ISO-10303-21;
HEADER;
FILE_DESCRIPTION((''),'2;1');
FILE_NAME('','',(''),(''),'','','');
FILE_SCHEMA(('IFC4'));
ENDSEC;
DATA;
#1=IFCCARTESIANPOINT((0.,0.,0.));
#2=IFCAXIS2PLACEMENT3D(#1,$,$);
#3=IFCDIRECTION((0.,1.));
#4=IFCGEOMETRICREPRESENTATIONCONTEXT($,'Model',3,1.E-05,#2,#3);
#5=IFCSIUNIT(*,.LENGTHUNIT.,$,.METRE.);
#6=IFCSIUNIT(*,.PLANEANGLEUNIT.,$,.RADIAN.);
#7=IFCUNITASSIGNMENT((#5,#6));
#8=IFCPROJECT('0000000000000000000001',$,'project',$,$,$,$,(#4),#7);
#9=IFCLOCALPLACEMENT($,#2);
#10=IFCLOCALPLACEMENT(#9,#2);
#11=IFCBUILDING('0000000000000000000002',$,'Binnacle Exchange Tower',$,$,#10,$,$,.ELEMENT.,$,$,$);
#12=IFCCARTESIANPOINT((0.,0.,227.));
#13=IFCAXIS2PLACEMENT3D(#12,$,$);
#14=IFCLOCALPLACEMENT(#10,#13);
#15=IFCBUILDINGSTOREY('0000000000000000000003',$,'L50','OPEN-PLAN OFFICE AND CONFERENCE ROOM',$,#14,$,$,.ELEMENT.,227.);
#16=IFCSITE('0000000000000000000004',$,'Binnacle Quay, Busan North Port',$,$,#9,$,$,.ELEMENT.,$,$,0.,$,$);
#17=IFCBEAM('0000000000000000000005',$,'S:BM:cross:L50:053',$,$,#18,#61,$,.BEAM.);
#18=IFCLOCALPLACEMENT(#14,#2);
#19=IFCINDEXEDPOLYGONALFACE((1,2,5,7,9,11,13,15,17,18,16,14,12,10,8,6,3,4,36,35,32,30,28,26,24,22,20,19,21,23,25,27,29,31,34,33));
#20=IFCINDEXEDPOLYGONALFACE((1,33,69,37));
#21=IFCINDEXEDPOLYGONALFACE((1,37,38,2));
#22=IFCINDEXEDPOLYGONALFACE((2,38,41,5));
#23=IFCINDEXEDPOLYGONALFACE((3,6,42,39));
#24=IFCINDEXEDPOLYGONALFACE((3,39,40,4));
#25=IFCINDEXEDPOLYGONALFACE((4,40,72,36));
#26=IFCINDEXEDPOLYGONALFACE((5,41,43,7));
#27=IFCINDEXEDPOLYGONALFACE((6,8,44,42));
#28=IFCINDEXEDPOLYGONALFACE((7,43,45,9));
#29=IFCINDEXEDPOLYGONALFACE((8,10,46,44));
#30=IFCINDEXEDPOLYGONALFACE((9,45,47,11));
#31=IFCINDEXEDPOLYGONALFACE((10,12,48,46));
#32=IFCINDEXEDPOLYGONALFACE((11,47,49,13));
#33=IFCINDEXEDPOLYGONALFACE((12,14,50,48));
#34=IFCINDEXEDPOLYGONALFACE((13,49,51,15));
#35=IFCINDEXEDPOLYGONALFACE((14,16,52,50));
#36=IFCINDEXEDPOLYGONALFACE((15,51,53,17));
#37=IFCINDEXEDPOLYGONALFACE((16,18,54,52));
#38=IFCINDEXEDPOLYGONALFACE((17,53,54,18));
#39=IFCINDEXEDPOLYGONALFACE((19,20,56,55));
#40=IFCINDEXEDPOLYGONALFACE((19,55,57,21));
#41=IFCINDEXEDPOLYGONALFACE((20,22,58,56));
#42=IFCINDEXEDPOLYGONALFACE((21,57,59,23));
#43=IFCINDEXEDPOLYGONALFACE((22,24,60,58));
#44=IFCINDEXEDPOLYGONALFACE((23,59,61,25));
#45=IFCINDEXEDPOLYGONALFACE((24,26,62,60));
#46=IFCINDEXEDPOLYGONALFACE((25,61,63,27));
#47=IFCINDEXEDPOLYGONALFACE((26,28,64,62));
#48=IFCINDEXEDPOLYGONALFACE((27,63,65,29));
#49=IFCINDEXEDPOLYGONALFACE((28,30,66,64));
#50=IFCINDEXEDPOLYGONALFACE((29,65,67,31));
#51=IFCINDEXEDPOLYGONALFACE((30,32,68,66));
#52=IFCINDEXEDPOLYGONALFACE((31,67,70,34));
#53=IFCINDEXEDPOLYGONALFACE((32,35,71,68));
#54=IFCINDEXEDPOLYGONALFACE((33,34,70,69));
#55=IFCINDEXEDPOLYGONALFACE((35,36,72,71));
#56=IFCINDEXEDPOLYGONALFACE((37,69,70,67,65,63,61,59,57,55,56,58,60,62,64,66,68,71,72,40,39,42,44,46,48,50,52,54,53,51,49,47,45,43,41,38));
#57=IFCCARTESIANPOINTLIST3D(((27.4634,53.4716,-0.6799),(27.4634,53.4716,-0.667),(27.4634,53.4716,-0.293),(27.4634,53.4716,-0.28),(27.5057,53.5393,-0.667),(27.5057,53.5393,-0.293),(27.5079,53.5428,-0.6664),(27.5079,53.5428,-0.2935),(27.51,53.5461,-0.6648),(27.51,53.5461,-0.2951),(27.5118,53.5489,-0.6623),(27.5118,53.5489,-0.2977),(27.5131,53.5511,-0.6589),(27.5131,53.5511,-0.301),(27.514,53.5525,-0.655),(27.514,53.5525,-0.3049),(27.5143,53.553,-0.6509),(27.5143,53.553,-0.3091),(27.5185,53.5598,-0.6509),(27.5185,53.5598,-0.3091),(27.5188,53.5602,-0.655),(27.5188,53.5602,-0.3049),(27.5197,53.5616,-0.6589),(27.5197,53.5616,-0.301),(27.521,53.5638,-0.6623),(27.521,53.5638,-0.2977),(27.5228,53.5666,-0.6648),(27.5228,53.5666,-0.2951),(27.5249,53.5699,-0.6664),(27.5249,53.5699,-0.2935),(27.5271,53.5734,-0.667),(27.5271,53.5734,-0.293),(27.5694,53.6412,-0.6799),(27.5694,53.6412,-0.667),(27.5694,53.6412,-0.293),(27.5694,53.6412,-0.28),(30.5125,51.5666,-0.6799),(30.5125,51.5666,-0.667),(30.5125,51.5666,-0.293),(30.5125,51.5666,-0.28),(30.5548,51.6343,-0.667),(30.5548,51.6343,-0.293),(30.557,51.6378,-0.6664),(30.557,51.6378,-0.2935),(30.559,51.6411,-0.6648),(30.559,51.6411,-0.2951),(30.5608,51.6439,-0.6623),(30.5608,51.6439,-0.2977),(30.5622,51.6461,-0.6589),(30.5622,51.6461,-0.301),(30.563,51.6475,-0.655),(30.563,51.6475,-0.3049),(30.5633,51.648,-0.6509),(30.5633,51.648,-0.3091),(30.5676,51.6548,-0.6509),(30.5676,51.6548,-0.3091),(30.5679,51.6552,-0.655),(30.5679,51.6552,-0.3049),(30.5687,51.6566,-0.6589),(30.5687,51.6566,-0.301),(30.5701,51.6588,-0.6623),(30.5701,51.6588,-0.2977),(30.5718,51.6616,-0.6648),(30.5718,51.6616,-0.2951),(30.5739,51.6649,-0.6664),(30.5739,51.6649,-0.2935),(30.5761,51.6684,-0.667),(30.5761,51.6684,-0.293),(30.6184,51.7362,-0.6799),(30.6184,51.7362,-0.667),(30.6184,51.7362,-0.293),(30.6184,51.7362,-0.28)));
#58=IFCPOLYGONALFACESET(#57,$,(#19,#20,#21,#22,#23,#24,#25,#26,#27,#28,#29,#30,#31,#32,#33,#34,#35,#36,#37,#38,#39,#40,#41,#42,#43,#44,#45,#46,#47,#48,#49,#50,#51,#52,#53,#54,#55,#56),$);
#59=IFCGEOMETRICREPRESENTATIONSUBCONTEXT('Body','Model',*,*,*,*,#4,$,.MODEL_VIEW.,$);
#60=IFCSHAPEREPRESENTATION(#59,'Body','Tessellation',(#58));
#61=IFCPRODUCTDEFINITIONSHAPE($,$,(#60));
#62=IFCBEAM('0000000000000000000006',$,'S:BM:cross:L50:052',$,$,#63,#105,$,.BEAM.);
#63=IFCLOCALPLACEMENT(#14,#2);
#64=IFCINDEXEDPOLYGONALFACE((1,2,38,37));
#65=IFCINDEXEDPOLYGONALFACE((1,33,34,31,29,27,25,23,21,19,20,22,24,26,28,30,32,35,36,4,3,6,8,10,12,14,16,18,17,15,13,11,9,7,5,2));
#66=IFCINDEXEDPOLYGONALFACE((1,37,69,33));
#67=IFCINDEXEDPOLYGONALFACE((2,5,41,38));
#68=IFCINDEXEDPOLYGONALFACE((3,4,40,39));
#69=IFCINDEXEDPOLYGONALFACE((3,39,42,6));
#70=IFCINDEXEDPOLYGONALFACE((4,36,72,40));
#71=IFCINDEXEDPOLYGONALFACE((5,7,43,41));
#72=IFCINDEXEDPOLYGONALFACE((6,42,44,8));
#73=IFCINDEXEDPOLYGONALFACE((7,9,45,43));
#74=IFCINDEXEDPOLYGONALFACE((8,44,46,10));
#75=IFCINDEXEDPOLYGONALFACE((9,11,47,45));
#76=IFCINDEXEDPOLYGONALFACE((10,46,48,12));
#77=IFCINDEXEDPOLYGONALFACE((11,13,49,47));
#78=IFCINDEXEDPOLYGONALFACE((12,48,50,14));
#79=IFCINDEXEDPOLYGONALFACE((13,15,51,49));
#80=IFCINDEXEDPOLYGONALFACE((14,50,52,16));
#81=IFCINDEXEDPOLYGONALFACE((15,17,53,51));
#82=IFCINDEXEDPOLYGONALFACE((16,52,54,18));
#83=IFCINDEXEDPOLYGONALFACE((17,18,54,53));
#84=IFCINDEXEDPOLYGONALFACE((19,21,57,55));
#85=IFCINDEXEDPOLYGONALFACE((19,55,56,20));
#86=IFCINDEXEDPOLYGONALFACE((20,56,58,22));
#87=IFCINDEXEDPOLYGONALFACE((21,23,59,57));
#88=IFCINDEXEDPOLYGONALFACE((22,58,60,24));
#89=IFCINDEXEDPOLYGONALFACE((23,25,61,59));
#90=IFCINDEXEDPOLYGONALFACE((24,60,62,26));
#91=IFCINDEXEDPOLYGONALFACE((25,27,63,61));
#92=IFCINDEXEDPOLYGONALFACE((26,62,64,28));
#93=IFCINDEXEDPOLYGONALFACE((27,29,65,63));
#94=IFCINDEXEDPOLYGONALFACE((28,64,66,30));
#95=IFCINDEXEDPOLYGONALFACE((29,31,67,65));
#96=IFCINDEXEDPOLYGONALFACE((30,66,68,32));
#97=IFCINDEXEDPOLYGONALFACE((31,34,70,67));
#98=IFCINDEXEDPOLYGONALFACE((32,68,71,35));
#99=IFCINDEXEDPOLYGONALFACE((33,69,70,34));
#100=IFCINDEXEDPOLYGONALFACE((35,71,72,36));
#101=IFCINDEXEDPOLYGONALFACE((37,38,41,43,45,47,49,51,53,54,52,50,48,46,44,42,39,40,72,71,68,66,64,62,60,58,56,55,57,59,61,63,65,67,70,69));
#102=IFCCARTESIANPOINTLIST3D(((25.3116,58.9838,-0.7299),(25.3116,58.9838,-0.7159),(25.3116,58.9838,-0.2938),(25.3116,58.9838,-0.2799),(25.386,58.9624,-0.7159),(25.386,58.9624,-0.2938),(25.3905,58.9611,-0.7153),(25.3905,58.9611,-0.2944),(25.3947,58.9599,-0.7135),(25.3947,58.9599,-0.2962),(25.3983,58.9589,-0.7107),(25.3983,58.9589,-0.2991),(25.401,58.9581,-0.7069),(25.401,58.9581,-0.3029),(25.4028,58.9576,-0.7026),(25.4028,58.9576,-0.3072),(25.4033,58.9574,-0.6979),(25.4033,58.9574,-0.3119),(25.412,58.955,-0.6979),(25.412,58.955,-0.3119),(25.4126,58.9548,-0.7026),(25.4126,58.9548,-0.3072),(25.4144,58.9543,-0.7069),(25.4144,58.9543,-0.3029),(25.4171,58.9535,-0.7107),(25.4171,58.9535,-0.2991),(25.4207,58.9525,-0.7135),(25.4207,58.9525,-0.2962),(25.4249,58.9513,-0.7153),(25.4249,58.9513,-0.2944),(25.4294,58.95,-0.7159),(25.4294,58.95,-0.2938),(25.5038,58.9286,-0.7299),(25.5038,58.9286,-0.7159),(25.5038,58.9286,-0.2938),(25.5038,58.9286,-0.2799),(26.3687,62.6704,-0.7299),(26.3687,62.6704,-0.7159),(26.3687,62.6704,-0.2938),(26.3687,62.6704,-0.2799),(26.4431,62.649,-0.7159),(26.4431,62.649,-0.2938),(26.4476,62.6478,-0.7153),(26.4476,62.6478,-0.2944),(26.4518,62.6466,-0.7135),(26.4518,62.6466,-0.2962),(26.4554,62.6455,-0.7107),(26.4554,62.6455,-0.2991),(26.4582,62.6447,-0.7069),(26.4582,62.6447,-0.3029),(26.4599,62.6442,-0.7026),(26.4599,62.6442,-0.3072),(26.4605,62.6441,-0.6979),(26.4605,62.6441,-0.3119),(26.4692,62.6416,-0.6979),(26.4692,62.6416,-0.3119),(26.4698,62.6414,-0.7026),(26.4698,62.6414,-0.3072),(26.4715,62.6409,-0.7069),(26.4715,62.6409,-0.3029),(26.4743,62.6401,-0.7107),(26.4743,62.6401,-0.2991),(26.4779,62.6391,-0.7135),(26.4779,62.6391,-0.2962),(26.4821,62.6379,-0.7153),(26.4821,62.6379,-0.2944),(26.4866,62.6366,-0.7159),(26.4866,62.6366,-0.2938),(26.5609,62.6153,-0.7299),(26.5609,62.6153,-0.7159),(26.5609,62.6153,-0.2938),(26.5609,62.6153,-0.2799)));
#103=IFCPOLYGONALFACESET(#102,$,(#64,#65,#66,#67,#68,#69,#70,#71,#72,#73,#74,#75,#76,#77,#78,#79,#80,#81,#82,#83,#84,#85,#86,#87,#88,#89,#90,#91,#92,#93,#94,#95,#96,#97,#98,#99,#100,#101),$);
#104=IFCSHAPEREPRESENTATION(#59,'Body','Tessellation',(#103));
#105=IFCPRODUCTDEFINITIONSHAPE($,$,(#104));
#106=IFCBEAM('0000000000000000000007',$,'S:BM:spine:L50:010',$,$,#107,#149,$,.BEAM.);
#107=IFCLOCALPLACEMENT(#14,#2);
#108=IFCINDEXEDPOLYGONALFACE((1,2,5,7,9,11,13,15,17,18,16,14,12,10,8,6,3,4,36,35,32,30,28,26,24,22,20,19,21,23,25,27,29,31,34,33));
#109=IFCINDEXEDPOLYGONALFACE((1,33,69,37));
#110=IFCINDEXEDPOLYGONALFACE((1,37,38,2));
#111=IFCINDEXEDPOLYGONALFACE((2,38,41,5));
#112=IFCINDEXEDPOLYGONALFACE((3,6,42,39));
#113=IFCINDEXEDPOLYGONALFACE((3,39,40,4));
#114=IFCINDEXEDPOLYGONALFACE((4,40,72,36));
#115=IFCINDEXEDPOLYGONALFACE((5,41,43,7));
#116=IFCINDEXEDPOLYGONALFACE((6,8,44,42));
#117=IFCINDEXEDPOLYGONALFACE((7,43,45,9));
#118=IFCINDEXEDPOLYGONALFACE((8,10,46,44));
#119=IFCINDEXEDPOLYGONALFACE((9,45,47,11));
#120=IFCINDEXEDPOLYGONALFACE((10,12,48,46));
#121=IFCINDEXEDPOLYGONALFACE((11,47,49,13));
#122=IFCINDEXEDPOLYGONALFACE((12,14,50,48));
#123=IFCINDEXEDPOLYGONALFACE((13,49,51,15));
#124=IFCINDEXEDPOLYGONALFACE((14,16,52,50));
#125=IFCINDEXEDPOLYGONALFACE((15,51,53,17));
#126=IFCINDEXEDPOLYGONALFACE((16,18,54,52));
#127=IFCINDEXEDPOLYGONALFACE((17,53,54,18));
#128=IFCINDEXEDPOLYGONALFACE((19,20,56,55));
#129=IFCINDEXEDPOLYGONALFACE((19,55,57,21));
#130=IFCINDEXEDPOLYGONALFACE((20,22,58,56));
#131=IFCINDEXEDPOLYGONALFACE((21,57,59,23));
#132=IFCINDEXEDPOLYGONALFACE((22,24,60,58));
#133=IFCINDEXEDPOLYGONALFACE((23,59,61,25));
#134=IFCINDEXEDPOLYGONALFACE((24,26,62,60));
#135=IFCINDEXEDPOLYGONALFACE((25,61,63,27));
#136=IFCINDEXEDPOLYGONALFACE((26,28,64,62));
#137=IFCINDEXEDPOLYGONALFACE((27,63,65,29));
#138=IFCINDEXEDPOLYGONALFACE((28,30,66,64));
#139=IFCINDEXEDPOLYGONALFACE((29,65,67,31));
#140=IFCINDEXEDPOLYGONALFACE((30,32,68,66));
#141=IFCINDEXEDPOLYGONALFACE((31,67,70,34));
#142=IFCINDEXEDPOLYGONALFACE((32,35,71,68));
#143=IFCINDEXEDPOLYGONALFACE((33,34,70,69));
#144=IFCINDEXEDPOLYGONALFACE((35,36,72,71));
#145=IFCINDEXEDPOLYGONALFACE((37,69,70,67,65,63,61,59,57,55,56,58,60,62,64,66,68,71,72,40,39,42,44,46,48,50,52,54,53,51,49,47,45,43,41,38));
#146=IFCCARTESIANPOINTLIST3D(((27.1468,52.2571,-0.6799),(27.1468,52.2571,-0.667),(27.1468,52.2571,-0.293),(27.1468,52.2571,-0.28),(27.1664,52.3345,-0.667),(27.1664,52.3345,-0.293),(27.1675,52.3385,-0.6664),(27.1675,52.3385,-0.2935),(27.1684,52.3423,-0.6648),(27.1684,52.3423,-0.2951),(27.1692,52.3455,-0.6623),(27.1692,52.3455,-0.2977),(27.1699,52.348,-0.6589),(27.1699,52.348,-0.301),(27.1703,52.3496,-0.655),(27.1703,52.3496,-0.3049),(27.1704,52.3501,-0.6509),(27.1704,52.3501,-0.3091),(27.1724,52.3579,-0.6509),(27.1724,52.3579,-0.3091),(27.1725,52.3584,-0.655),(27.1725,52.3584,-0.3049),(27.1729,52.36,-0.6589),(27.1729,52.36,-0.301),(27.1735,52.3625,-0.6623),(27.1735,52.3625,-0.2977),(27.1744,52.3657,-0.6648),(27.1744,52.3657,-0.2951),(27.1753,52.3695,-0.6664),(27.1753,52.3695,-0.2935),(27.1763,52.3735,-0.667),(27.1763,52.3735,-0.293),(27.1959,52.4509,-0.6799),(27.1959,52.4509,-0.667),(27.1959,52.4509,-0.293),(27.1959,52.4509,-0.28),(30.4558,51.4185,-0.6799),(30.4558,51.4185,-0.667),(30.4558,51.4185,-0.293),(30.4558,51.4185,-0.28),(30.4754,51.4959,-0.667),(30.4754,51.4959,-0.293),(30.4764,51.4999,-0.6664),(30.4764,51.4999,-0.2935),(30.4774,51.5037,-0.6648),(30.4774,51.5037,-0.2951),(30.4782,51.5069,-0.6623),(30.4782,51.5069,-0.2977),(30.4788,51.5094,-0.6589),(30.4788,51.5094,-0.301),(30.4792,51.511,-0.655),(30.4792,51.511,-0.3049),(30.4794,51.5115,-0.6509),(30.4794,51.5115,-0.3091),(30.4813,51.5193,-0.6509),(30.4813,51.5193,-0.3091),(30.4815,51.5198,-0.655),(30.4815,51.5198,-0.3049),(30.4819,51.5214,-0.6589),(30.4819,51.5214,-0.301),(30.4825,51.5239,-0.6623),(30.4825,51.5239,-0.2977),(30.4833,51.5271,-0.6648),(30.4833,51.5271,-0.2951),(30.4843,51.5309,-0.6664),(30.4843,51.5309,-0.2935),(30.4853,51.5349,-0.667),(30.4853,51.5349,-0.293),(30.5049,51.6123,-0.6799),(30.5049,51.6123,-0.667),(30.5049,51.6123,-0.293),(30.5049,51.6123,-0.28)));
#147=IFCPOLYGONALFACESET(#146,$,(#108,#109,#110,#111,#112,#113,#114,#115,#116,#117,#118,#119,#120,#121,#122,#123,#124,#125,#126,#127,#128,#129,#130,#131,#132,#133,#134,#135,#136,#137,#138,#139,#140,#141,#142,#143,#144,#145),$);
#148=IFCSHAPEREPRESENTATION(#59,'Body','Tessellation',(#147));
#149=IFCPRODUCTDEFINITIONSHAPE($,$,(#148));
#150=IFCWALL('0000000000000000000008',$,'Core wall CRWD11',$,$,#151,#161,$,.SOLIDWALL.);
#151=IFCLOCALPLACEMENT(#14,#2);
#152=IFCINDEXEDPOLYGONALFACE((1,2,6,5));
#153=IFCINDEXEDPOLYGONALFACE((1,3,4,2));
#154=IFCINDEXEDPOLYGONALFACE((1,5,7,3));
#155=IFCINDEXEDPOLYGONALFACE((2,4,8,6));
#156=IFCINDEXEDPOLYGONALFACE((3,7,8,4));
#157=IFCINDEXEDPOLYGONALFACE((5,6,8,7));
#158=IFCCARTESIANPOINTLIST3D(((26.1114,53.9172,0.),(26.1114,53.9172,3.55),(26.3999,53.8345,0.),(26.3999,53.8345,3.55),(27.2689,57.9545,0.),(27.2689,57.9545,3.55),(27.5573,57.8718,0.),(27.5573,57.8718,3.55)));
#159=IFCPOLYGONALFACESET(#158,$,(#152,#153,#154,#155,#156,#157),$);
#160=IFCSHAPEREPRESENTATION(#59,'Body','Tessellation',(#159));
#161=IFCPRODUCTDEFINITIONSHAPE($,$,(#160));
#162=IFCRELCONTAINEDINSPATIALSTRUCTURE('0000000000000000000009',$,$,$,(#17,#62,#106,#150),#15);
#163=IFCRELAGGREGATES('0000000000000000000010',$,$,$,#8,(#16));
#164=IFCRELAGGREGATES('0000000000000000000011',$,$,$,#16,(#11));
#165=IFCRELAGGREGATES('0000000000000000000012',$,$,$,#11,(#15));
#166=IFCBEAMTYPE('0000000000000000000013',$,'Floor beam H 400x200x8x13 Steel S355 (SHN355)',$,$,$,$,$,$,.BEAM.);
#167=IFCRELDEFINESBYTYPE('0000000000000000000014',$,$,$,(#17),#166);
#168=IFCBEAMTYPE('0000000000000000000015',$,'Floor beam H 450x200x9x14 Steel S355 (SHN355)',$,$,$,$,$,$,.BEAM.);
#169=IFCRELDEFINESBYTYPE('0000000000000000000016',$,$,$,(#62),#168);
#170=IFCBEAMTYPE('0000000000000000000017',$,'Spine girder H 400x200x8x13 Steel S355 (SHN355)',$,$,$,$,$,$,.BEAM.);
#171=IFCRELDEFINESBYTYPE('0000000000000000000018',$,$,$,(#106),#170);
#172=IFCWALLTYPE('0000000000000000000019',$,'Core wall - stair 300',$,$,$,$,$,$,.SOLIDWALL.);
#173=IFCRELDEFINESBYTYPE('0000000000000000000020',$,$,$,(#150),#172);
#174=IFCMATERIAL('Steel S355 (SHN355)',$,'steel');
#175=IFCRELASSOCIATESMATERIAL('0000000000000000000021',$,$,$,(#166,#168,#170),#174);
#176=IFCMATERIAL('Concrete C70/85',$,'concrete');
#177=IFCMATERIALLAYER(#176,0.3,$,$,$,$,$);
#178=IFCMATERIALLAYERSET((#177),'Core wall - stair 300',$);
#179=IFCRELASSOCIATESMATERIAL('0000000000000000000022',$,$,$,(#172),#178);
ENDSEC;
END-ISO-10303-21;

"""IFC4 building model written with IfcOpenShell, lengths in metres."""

from ifc_helpers import new_model, si_unit, direction, frame, frame_2d, origin, origin_2d, place, context, subcontext, project, spatial, rectangle, i_section, extrude, material, layer, layer_set, material_profile, profile_set, type_object, element, save


model = new_model("IFC4")

# Units and contexts
model_context = context("Model", 3, precision=1e-05, world=origin(), true_north=direction((0.0, 1.0)))
body_context = subcontext(model_context, "Body", "Model", "MODEL_VIEW")
ifc_project = project(units=[si_unit("LENGTHUNIT", "METRE"), si_unit("PLANEANGLEUNIT", "RADIAN")], contexts=[model_context])

# Site, building, storey
site_placement = place(None, origin())
site = spatial("IfcSite", under=ifc_project, at=site_placement, Name="Binnacle Quay, Busan North Port", CompositionType="ELEMENT", RefElevation=0.0)
building_placement = place(site_placement, origin())
building = spatial("IfcBuilding", under=site, at=building_placement, Name="Binnacle Exchange Tower", CompositionType="ELEMENT")
storey_placement = place(building_placement, frame((0.0, 0.0, 227.0)))
storey = spatial("IfcBuildingStorey", under=building, at=storey_placement, Name="L50", Description="OPEN-PLAN OFFICE AND CONFERENCE ROOM", CompositionType="ELEMENT", Elevation=227.0)

# Beams
ifc_material_1 = material(Name="Steel S355 (SHN355)", Category="steel")
ifc_material_profile_1 = material_profile(ifc_material_1, i_section(OverallWidth=0.2, OverallDepth=0.3999, WebThickness=0.0081, FlangeThickness=0.0129, FilletRadius=0.0161, at=origin_2d()), Name="H 400x200x8x13")
ifc_profile_set_1 = profile_set([ifc_material_profile_1], Name="Steel S355 (SHN355)")
beam_type_1 = type_object("IfcBeamType", Name="Floor beam H 400x200x8x13 Steel S355 (SHN355)", PredefinedType="BEAM", material=ifc_profile_set_1)
beam_1_placement = place(storey_placement, frame((30.5654, 51.6514, -0.48), z_axis=(-0.848078, 0.529871, 0.0), x_axis=(-0.529871, -0.848078, 0.0)))
element("IfcBeam", 1, at=beam_1_placement, inside=storey, type_object=beam_type_1, Name="S:BM:cross:L50:053", PredefinedType="BEAM", context=body_context, shape_type="SweptSolid", body=[
    extrude(i_section(OverallWidth=0.2, OverallDepth=0.3999, WebThickness=0.0081, FlangeThickness=0.0129, FilletRadius=0.0161, at=origin_2d()), origin(), (0.0, 0.0, 1.0), 3.5952),
])
ifc_material_profile_2 = material_profile(ifc_material_1, i_section(OverallWidth=0.2, OverallDepth=0.45, WebThickness=0.009, FlangeThickness=0.0139, FilletRadius=0.0181, at=origin_2d()), Name="H 450x200x9x14")
ifc_profile_set_2 = profile_set([ifc_material_profile_2], Name="Steel S355 (SHN355)")
beam_type_2 = type_object("IfcBeamType", Name="Floor beam H 450x200x9x14 Steel S355 (SHN355)", PredefinedType="BEAM", material=ifc_profile_set_2)
beam_2_placement = place(storey_placement, frame((26.4648, 62.6428, -0.5049), z_axis=(-0.275646, -0.961259, 0.0), x_axis=(0.961259, -0.275646, 0.0)))
element("IfcBeam", 2, at=beam_2_placement, inside=storey, type_object=beam_type_2, Name="S:BM:cross:L50:052", PredefinedType="BEAM", context=body_context, shape_type="SweptSolid", body=[
    extrude(i_section(OverallWidth=0.2, OverallDepth=0.45, WebThickness=0.009, FlangeThickness=0.0139, FilletRadius=0.0181, at=origin_2d()), origin(), (0.0, 0.0, 1.0), 3.8352),
])
ifc_material_profile_3 = material_profile(ifc_material_1, i_section(OverallWidth=0.2, OverallDepth=0.3999, WebThickness=0.0081, FlangeThickness=0.0129, FilletRadius=0.0161, at=origin_2d()), Name="H 400x200x8x13")
ifc_profile_set_3 = profile_set([ifc_material_profile_3], Name="Steel S355 (SHN355)")
beam_type_3 = type_object("IfcBeamType", Name="Spine girder H 400x200x8x13 Steel S355 (SHN355)", PredefinedType="BEAM", material=ifc_profile_set_3)
beam_3_placement = place(storey_placement, frame((27.1714, 52.354, -0.48), z_axis=(0.969355, -0.245664, 0.0), x_axis=(0.245664, 0.969355, 0.0)))
element("IfcBeam", 3, at=beam_3_placement, inside=storey, type_object=beam_type_3, Name="S:BM:spine:L50:010", PredefinedType="BEAM", context=body_context, shape_type="SweptSolid", body=[
    extrude(i_section(OverallWidth=0.2, OverallDepth=0.3999, WebThickness=0.0081, FlangeThickness=0.0129, FilletRadius=0.0161, at=origin_2d()), origin(), (0.0, 0.0, 1.0), 3.4136),
])

# Wall
ifc_material_2 = material(Name="Concrete C70/85", Category="concrete")
ifc_layer_1 = layer(ifc_material_2, 0.3)
ifc_layer_set_1 = layer_set([ifc_layer_1], Name="Core wall - stair 300")
wall_type_1 = type_object("IfcWallType", Name="Core wall - stair 300", PredefinedType="SOLIDWALL", material=ifc_layer_set_1)
wall_1_placement = place(storey_placement, frame((26.2556, 53.8757, 0.0), z_axis=(0.0, 0.0, 1.0), x_axis=(0.275589, 0.961276, 0.0)))
element("IfcWall", 4, at=wall_1_placement, inside=storey, type_object=wall_type_1, Name="Core wall CRWD11", PredefinedType="SOLIDWALL", context=body_context, shape_type="SweptSolid", body=[
    extrude(rectangle(XDim=4.2, YDim=0.3, at=frame_2d((2.1001, 0.0))), origin(), (0.0, 0.0, 1.0), 3.55),
])

save(model, "model.ifc")
